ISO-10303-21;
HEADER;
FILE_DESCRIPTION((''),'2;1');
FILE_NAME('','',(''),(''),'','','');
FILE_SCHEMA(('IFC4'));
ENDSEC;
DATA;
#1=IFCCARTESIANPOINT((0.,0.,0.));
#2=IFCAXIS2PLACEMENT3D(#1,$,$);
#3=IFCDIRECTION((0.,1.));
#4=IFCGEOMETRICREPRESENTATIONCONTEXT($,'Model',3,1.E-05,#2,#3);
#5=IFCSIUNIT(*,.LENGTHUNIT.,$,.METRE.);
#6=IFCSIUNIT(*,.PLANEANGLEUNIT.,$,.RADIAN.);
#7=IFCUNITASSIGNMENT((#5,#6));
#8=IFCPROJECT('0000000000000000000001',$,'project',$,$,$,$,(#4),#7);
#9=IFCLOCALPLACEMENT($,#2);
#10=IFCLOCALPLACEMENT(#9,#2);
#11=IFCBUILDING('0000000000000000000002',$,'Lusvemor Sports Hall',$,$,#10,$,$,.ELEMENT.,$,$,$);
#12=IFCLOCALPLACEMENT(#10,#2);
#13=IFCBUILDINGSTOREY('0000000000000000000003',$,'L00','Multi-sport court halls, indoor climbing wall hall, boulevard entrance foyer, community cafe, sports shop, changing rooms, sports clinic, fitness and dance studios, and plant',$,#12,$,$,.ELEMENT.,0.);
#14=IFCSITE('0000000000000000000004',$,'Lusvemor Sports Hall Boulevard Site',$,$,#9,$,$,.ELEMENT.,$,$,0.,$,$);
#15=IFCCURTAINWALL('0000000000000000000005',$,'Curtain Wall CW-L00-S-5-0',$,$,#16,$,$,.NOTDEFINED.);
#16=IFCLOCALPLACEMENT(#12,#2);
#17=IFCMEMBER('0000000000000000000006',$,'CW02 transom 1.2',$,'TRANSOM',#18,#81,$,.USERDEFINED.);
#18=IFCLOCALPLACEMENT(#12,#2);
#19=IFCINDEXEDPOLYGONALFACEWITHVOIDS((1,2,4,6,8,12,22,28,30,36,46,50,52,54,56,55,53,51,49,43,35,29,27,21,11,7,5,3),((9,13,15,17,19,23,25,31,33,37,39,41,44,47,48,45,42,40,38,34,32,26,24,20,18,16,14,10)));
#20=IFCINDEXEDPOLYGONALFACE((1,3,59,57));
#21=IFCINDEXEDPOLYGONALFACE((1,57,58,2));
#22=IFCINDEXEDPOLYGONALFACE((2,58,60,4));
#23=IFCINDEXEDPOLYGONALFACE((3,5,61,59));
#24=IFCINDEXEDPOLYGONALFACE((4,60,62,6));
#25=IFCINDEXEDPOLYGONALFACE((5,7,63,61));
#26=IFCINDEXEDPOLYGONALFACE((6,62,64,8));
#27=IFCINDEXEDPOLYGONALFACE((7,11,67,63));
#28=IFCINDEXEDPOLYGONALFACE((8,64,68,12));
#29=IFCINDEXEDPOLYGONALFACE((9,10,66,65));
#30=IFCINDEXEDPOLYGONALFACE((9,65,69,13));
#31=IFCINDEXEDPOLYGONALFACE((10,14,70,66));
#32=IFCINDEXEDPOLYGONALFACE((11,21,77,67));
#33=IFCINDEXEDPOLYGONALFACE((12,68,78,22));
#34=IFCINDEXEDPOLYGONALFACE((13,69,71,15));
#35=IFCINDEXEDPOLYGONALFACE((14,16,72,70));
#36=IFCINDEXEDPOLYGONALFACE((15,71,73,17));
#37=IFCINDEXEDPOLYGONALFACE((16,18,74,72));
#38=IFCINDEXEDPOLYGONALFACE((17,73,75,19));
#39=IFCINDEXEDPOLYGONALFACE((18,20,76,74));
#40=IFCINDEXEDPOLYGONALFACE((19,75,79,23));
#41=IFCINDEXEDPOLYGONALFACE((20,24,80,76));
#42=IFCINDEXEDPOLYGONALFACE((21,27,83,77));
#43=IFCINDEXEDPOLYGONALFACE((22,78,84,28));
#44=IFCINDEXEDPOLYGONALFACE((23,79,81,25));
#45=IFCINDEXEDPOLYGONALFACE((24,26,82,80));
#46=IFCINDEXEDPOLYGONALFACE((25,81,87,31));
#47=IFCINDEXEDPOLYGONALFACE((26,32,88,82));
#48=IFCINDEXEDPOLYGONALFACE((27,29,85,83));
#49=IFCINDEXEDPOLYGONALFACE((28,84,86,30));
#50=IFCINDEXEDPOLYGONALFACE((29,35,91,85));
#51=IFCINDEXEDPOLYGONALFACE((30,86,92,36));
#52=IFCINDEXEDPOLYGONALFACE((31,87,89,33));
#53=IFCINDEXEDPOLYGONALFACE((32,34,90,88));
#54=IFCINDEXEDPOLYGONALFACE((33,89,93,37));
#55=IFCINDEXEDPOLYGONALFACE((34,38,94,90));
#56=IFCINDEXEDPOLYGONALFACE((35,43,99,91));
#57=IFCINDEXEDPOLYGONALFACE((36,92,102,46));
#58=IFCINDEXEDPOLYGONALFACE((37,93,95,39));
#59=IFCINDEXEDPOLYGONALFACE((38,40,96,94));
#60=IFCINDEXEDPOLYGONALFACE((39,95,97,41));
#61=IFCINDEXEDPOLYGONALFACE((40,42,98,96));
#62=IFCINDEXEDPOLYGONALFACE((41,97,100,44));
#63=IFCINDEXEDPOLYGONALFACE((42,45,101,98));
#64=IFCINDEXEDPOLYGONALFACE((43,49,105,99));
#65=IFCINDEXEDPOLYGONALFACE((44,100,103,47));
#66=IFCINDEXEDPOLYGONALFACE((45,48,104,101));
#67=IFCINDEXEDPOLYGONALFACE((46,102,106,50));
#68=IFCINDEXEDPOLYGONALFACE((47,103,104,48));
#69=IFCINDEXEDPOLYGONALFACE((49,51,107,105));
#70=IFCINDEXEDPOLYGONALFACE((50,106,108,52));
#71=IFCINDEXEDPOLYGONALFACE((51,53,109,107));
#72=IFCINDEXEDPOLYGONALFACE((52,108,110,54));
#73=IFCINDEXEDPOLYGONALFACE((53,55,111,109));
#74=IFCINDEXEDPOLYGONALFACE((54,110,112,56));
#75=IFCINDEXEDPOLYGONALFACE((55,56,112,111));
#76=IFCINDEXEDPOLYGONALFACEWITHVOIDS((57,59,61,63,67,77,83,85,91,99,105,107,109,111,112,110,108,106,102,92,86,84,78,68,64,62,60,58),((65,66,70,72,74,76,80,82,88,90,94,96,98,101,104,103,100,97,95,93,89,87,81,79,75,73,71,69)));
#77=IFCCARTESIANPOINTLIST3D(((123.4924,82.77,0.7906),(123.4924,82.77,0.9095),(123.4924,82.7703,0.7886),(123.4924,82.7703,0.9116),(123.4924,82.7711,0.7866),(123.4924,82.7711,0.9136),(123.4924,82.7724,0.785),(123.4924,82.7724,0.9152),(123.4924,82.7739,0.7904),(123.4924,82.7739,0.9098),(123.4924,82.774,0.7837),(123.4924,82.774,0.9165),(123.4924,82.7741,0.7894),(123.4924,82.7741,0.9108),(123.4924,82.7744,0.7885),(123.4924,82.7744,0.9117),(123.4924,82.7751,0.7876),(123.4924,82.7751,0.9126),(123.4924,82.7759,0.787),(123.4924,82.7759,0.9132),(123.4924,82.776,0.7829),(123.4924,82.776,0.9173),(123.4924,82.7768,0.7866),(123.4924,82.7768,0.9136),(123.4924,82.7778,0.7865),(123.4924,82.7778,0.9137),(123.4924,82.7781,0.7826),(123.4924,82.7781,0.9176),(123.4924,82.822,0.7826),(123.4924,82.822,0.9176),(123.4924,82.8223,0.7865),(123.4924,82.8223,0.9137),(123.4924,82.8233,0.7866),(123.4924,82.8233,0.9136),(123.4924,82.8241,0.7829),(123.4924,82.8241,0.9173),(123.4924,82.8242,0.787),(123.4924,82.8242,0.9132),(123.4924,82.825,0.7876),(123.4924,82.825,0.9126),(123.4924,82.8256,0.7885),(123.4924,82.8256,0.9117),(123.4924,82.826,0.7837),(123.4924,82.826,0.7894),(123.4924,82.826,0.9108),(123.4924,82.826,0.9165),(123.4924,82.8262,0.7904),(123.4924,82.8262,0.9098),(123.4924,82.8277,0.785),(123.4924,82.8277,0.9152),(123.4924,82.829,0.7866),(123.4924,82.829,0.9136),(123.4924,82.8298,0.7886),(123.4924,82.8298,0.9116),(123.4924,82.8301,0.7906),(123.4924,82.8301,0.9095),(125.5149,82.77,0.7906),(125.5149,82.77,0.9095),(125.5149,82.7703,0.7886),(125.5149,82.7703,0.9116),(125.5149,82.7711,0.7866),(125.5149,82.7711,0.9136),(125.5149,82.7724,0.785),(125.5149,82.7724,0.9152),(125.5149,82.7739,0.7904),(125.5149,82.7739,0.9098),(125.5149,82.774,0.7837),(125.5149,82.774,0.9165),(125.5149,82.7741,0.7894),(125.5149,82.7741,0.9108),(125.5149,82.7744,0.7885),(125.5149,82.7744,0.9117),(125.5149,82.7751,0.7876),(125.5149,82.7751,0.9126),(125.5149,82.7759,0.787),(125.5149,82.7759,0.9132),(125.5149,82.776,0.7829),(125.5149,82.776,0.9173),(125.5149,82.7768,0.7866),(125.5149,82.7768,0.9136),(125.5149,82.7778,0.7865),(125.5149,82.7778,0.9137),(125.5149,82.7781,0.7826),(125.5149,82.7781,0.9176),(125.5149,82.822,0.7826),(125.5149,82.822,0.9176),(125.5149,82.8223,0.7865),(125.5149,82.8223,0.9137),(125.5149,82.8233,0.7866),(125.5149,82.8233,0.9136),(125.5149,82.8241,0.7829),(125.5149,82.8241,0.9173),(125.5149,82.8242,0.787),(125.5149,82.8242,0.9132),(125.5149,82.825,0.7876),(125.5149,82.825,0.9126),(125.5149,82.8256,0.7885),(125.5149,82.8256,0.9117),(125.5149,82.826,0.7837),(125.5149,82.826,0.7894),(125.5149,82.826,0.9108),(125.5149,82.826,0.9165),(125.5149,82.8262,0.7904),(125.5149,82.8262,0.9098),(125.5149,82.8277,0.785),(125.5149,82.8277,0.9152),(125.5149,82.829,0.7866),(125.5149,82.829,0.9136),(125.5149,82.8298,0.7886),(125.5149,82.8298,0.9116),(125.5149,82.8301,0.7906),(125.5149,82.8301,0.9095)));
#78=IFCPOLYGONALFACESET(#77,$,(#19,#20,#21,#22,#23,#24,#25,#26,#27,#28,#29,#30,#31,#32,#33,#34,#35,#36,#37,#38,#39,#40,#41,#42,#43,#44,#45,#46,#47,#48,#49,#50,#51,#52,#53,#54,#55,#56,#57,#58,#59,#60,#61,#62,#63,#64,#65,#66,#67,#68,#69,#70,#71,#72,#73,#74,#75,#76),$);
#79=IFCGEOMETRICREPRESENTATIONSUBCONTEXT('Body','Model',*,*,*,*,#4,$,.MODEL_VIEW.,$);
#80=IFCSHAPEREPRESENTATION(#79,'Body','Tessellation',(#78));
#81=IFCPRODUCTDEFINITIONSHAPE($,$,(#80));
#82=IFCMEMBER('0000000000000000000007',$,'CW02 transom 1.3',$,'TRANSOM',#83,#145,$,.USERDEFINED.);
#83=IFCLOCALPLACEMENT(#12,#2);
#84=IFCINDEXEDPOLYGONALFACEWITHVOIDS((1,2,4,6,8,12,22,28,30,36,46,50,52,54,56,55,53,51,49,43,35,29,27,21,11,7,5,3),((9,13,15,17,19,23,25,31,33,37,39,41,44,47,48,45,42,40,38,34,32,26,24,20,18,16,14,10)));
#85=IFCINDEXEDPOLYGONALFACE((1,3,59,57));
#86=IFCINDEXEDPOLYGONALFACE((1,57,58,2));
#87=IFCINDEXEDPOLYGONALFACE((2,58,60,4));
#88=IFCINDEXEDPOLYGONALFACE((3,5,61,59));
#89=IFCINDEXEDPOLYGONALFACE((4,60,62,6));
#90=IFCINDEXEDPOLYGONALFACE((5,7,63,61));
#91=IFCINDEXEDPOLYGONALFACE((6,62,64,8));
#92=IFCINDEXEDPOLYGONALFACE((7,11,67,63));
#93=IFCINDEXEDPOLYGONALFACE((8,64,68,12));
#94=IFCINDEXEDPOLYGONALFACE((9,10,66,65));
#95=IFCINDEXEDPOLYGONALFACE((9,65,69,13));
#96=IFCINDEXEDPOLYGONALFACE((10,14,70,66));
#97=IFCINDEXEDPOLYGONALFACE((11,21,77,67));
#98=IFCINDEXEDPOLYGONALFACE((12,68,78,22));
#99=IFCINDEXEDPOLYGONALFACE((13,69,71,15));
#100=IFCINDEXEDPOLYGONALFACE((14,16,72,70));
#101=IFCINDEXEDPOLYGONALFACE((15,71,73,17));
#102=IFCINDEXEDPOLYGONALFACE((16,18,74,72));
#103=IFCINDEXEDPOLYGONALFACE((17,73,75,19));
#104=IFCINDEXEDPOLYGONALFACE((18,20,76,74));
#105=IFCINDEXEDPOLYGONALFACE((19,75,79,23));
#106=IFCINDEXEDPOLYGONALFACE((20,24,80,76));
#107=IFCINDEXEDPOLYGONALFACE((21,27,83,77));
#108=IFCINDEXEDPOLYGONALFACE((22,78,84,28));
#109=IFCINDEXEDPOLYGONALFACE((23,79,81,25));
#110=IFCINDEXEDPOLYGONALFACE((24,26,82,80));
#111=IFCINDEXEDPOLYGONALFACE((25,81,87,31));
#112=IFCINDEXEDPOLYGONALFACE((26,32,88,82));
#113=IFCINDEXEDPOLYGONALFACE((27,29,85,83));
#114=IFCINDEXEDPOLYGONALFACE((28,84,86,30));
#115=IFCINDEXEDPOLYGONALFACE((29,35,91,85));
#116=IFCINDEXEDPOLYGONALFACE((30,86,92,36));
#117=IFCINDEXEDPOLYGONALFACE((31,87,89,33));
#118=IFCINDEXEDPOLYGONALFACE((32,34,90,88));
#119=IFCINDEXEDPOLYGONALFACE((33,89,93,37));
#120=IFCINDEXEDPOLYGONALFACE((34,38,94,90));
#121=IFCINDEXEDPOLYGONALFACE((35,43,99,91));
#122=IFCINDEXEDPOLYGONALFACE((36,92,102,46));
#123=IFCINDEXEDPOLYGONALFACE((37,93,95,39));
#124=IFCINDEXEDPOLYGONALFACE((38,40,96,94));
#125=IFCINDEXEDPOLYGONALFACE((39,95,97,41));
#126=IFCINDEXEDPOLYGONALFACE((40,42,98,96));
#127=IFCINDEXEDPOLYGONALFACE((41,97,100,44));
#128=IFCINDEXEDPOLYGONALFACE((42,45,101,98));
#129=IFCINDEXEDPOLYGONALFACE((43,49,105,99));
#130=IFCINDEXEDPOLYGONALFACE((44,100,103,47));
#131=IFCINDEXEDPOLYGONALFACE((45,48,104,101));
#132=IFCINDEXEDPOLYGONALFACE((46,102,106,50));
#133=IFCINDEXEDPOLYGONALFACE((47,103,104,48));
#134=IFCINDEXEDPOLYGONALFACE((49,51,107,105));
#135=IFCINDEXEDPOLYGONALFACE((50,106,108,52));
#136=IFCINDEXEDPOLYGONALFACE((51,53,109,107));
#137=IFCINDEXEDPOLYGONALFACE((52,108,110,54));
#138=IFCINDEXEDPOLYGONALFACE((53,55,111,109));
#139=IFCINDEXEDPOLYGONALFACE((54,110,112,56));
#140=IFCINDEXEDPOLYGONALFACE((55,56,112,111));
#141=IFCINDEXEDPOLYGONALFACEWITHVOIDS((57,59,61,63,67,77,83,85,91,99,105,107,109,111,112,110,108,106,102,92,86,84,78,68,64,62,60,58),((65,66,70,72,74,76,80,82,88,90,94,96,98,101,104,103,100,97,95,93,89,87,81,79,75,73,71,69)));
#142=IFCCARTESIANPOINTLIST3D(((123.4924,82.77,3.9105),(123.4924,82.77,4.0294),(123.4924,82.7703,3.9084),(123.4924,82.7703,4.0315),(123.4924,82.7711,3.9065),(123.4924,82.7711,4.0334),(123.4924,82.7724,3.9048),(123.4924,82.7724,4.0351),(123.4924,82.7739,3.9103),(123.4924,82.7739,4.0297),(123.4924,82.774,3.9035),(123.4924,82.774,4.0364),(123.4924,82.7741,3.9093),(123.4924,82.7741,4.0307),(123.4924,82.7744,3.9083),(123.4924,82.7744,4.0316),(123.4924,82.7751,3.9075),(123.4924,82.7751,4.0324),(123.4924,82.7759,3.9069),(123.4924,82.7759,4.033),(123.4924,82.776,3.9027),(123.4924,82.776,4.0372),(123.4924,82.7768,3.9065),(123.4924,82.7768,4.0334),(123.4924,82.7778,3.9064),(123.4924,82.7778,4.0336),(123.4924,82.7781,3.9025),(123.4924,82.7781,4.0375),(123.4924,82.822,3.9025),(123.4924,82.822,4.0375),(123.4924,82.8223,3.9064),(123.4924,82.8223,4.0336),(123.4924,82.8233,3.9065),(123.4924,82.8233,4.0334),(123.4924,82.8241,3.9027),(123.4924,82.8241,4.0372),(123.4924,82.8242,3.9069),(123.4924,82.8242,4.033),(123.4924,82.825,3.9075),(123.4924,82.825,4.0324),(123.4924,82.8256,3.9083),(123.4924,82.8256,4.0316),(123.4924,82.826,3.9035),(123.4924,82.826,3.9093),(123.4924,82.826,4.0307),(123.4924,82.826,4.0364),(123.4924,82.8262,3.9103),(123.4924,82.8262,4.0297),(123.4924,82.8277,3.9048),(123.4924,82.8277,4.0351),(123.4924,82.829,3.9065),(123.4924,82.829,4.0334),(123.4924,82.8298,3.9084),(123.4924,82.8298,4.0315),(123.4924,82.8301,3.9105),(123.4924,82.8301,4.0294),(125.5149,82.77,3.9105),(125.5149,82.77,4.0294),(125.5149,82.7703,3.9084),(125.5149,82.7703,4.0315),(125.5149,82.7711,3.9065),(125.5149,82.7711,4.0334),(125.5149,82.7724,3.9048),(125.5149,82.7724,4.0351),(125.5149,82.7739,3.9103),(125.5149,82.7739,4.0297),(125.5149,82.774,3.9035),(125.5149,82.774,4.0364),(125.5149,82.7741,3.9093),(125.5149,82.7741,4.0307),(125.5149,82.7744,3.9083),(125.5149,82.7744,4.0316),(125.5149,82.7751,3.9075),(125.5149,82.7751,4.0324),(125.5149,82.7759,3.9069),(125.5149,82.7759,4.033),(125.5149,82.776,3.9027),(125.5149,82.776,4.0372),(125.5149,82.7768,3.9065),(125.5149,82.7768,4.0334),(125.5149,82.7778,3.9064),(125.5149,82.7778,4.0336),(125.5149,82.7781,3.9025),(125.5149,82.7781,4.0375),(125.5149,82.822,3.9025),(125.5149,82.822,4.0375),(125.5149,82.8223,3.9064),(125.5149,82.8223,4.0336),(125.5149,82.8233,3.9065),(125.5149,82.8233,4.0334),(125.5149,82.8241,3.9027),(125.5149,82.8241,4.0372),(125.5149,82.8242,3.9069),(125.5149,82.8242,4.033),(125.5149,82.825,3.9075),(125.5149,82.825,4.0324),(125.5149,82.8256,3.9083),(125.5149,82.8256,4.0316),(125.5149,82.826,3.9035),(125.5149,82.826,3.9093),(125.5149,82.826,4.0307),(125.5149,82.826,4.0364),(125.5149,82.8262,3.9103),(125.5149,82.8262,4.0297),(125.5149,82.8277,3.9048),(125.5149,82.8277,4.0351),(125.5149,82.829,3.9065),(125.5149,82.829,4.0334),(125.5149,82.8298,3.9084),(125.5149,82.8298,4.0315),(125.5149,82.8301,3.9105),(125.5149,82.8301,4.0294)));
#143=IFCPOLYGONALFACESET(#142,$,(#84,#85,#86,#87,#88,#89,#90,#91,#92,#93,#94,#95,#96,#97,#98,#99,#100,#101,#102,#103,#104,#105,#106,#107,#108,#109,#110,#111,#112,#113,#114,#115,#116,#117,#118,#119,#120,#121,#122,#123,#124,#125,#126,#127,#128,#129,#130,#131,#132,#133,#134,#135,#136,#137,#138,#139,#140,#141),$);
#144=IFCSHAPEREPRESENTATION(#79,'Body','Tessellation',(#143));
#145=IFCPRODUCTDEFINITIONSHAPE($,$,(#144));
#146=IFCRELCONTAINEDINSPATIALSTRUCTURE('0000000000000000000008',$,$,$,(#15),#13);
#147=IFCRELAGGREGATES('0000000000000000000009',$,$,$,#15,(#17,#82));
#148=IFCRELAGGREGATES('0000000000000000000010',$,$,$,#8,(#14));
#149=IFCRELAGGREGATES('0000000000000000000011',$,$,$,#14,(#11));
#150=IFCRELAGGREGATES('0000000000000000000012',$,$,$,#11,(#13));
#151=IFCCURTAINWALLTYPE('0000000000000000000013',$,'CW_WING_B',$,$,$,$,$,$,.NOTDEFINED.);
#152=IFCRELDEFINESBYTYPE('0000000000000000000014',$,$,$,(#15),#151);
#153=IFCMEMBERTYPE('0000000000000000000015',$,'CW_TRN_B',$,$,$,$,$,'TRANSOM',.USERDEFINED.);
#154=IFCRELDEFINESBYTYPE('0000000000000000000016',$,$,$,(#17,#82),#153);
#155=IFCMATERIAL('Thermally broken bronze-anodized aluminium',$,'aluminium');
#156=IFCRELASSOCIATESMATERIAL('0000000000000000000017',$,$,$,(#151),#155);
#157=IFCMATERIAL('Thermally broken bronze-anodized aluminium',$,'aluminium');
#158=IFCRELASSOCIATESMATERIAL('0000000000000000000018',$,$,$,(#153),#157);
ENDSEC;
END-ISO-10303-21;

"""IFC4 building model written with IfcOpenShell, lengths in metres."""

from ifc_helpers import new_model, si_unit, direction, frame, origin, origin_2d, place, context, subcontext, project, spatial, hollow_rectangle, extrude, material, material_profile, profile_set, type_object, element, aggregate, save


model = new_model("IFC4")

# Units and contexts
model_context = context("Model", 3, precision=1e-05, world=origin(), true_north=direction((0.0, 1.0)))
body_context = subcontext(model_context, "Body", "Model", "MODEL_VIEW")
ifc_project = project(units=[si_unit("LENGTHUNIT", "METRE"), si_unit("PLANEANGLEUNIT", "RADIAN")], contexts=[model_context])

# Site, building, storey
site_placement = place(None, origin())
site = spatial("IfcSite", under=ifc_project, at=site_placement, Name="Lusvemor Sports Hall Boulevard Site", CompositionType="ELEMENT", RefElevation=0.0)
building_placement = place(site_placement, origin())
building = spatial("IfcBuilding", under=site, at=building_placement, Name="Lusvemor Sports Hall", CompositionType="ELEMENT")
storey_placement = place(building_placement, origin())
storey = spatial("IfcBuildingStorey", under=building, at=storey_placement, Name="L00", Description="Multi-sport court halls, indoor climbing wall hall, boulevard entrance foyer, community cafe, sports shop, changing rooms, sports clinic, fitness and dance studios, and plant", CompositionType="ELEMENT", Elevation=0.0)

# Curtain wall, members
ifc_material_1 = material(Name="Thermally broken bronze-anodized aluminium", Category="aluminium")
curtain_wall_type = type_object("IfcCurtainWallType", Name="CW_WING_B", PredefinedType="NOTDEFINED", material=ifc_material_1)
curtain_wall_placement = place(storey_placement, origin())
curtain_wall = element("IfcCurtainWall", 1, at=curtain_wall_placement, inside=storey, type_object=curtain_wall_type, Name="Curtain Wall CW-L00-S-5-0", PredefinedType="NOTDEFINED")
ifc_material_2 = material(Name="Thermally broken bronze-anodized aluminium", Category="aluminium")
ifc_material_profile_1 = material_profile(ifc_material_2, hollow_rectangle(XDim=0.0601, YDim=0.135, WallThickness=0.0039, InnerFilletRadius=0.0039, OuterFilletRadius=0.0081, at=origin_2d()), Name="CWTRN135x60x4")
ifc_profile_set_1 = profile_set([ifc_material_profile_1], Name="Thermally broken bronze-anodized aluminium")
member_type_1 = type_object("IfcMemberType", Name="CW_TRN_B", ElementType="TRANSOM", PredefinedType="USERDEFINED", material=ifc_profile_set_1)
member_1_placement = place(storey_placement, frame((125.5149, 82.8, 0.8501), z_axis=(-1.0, 0.0, 0.0), x_axis=(0.0, -1.0, 0.0)))
member_1 = element("IfcMember", 2, at=member_1_placement, type_object=member_type_1, Name="CW02 transom 1.2", ObjectType="TRANSOM", PredefinedType="USERDEFINED", context=body_context, shape_type="SweptSolid", body=[
    extrude(hollow_rectangle(XDim=0.0601, YDim=0.135, WallThickness=0.0039, InnerFilletRadius=0.0039, OuterFilletRadius=0.0081, at=origin_2d()), origin(), (0.0, 0.0, 1.0), 2.0225),
])
member_2_placement = place(storey_placement, frame((125.5149, 82.8, 3.97), z_axis=(-1.0, 0.0, 0.0), x_axis=(0.0, -1.0, 0.0)))
member_2 = element("IfcMember", 3, at=member_2_placement, type_object=member_type_1, Name="CW02 transom 1.3", ObjectType="TRANSOM", PredefinedType="USERDEFINED", context=body_context, shape_type="SweptSolid", body=[
    extrude(hollow_rectangle(XDim=0.0601, YDim=0.135, WallThickness=0.0039, InnerFilletRadius=0.0039, OuterFilletRadius=0.0081, at=origin_2d()), origin(), (0.0, 0.0, 1.0), 2.0225),
])
aggregate(curtain_wall, [member_1, member_2])

save(model, "model.ifc")
